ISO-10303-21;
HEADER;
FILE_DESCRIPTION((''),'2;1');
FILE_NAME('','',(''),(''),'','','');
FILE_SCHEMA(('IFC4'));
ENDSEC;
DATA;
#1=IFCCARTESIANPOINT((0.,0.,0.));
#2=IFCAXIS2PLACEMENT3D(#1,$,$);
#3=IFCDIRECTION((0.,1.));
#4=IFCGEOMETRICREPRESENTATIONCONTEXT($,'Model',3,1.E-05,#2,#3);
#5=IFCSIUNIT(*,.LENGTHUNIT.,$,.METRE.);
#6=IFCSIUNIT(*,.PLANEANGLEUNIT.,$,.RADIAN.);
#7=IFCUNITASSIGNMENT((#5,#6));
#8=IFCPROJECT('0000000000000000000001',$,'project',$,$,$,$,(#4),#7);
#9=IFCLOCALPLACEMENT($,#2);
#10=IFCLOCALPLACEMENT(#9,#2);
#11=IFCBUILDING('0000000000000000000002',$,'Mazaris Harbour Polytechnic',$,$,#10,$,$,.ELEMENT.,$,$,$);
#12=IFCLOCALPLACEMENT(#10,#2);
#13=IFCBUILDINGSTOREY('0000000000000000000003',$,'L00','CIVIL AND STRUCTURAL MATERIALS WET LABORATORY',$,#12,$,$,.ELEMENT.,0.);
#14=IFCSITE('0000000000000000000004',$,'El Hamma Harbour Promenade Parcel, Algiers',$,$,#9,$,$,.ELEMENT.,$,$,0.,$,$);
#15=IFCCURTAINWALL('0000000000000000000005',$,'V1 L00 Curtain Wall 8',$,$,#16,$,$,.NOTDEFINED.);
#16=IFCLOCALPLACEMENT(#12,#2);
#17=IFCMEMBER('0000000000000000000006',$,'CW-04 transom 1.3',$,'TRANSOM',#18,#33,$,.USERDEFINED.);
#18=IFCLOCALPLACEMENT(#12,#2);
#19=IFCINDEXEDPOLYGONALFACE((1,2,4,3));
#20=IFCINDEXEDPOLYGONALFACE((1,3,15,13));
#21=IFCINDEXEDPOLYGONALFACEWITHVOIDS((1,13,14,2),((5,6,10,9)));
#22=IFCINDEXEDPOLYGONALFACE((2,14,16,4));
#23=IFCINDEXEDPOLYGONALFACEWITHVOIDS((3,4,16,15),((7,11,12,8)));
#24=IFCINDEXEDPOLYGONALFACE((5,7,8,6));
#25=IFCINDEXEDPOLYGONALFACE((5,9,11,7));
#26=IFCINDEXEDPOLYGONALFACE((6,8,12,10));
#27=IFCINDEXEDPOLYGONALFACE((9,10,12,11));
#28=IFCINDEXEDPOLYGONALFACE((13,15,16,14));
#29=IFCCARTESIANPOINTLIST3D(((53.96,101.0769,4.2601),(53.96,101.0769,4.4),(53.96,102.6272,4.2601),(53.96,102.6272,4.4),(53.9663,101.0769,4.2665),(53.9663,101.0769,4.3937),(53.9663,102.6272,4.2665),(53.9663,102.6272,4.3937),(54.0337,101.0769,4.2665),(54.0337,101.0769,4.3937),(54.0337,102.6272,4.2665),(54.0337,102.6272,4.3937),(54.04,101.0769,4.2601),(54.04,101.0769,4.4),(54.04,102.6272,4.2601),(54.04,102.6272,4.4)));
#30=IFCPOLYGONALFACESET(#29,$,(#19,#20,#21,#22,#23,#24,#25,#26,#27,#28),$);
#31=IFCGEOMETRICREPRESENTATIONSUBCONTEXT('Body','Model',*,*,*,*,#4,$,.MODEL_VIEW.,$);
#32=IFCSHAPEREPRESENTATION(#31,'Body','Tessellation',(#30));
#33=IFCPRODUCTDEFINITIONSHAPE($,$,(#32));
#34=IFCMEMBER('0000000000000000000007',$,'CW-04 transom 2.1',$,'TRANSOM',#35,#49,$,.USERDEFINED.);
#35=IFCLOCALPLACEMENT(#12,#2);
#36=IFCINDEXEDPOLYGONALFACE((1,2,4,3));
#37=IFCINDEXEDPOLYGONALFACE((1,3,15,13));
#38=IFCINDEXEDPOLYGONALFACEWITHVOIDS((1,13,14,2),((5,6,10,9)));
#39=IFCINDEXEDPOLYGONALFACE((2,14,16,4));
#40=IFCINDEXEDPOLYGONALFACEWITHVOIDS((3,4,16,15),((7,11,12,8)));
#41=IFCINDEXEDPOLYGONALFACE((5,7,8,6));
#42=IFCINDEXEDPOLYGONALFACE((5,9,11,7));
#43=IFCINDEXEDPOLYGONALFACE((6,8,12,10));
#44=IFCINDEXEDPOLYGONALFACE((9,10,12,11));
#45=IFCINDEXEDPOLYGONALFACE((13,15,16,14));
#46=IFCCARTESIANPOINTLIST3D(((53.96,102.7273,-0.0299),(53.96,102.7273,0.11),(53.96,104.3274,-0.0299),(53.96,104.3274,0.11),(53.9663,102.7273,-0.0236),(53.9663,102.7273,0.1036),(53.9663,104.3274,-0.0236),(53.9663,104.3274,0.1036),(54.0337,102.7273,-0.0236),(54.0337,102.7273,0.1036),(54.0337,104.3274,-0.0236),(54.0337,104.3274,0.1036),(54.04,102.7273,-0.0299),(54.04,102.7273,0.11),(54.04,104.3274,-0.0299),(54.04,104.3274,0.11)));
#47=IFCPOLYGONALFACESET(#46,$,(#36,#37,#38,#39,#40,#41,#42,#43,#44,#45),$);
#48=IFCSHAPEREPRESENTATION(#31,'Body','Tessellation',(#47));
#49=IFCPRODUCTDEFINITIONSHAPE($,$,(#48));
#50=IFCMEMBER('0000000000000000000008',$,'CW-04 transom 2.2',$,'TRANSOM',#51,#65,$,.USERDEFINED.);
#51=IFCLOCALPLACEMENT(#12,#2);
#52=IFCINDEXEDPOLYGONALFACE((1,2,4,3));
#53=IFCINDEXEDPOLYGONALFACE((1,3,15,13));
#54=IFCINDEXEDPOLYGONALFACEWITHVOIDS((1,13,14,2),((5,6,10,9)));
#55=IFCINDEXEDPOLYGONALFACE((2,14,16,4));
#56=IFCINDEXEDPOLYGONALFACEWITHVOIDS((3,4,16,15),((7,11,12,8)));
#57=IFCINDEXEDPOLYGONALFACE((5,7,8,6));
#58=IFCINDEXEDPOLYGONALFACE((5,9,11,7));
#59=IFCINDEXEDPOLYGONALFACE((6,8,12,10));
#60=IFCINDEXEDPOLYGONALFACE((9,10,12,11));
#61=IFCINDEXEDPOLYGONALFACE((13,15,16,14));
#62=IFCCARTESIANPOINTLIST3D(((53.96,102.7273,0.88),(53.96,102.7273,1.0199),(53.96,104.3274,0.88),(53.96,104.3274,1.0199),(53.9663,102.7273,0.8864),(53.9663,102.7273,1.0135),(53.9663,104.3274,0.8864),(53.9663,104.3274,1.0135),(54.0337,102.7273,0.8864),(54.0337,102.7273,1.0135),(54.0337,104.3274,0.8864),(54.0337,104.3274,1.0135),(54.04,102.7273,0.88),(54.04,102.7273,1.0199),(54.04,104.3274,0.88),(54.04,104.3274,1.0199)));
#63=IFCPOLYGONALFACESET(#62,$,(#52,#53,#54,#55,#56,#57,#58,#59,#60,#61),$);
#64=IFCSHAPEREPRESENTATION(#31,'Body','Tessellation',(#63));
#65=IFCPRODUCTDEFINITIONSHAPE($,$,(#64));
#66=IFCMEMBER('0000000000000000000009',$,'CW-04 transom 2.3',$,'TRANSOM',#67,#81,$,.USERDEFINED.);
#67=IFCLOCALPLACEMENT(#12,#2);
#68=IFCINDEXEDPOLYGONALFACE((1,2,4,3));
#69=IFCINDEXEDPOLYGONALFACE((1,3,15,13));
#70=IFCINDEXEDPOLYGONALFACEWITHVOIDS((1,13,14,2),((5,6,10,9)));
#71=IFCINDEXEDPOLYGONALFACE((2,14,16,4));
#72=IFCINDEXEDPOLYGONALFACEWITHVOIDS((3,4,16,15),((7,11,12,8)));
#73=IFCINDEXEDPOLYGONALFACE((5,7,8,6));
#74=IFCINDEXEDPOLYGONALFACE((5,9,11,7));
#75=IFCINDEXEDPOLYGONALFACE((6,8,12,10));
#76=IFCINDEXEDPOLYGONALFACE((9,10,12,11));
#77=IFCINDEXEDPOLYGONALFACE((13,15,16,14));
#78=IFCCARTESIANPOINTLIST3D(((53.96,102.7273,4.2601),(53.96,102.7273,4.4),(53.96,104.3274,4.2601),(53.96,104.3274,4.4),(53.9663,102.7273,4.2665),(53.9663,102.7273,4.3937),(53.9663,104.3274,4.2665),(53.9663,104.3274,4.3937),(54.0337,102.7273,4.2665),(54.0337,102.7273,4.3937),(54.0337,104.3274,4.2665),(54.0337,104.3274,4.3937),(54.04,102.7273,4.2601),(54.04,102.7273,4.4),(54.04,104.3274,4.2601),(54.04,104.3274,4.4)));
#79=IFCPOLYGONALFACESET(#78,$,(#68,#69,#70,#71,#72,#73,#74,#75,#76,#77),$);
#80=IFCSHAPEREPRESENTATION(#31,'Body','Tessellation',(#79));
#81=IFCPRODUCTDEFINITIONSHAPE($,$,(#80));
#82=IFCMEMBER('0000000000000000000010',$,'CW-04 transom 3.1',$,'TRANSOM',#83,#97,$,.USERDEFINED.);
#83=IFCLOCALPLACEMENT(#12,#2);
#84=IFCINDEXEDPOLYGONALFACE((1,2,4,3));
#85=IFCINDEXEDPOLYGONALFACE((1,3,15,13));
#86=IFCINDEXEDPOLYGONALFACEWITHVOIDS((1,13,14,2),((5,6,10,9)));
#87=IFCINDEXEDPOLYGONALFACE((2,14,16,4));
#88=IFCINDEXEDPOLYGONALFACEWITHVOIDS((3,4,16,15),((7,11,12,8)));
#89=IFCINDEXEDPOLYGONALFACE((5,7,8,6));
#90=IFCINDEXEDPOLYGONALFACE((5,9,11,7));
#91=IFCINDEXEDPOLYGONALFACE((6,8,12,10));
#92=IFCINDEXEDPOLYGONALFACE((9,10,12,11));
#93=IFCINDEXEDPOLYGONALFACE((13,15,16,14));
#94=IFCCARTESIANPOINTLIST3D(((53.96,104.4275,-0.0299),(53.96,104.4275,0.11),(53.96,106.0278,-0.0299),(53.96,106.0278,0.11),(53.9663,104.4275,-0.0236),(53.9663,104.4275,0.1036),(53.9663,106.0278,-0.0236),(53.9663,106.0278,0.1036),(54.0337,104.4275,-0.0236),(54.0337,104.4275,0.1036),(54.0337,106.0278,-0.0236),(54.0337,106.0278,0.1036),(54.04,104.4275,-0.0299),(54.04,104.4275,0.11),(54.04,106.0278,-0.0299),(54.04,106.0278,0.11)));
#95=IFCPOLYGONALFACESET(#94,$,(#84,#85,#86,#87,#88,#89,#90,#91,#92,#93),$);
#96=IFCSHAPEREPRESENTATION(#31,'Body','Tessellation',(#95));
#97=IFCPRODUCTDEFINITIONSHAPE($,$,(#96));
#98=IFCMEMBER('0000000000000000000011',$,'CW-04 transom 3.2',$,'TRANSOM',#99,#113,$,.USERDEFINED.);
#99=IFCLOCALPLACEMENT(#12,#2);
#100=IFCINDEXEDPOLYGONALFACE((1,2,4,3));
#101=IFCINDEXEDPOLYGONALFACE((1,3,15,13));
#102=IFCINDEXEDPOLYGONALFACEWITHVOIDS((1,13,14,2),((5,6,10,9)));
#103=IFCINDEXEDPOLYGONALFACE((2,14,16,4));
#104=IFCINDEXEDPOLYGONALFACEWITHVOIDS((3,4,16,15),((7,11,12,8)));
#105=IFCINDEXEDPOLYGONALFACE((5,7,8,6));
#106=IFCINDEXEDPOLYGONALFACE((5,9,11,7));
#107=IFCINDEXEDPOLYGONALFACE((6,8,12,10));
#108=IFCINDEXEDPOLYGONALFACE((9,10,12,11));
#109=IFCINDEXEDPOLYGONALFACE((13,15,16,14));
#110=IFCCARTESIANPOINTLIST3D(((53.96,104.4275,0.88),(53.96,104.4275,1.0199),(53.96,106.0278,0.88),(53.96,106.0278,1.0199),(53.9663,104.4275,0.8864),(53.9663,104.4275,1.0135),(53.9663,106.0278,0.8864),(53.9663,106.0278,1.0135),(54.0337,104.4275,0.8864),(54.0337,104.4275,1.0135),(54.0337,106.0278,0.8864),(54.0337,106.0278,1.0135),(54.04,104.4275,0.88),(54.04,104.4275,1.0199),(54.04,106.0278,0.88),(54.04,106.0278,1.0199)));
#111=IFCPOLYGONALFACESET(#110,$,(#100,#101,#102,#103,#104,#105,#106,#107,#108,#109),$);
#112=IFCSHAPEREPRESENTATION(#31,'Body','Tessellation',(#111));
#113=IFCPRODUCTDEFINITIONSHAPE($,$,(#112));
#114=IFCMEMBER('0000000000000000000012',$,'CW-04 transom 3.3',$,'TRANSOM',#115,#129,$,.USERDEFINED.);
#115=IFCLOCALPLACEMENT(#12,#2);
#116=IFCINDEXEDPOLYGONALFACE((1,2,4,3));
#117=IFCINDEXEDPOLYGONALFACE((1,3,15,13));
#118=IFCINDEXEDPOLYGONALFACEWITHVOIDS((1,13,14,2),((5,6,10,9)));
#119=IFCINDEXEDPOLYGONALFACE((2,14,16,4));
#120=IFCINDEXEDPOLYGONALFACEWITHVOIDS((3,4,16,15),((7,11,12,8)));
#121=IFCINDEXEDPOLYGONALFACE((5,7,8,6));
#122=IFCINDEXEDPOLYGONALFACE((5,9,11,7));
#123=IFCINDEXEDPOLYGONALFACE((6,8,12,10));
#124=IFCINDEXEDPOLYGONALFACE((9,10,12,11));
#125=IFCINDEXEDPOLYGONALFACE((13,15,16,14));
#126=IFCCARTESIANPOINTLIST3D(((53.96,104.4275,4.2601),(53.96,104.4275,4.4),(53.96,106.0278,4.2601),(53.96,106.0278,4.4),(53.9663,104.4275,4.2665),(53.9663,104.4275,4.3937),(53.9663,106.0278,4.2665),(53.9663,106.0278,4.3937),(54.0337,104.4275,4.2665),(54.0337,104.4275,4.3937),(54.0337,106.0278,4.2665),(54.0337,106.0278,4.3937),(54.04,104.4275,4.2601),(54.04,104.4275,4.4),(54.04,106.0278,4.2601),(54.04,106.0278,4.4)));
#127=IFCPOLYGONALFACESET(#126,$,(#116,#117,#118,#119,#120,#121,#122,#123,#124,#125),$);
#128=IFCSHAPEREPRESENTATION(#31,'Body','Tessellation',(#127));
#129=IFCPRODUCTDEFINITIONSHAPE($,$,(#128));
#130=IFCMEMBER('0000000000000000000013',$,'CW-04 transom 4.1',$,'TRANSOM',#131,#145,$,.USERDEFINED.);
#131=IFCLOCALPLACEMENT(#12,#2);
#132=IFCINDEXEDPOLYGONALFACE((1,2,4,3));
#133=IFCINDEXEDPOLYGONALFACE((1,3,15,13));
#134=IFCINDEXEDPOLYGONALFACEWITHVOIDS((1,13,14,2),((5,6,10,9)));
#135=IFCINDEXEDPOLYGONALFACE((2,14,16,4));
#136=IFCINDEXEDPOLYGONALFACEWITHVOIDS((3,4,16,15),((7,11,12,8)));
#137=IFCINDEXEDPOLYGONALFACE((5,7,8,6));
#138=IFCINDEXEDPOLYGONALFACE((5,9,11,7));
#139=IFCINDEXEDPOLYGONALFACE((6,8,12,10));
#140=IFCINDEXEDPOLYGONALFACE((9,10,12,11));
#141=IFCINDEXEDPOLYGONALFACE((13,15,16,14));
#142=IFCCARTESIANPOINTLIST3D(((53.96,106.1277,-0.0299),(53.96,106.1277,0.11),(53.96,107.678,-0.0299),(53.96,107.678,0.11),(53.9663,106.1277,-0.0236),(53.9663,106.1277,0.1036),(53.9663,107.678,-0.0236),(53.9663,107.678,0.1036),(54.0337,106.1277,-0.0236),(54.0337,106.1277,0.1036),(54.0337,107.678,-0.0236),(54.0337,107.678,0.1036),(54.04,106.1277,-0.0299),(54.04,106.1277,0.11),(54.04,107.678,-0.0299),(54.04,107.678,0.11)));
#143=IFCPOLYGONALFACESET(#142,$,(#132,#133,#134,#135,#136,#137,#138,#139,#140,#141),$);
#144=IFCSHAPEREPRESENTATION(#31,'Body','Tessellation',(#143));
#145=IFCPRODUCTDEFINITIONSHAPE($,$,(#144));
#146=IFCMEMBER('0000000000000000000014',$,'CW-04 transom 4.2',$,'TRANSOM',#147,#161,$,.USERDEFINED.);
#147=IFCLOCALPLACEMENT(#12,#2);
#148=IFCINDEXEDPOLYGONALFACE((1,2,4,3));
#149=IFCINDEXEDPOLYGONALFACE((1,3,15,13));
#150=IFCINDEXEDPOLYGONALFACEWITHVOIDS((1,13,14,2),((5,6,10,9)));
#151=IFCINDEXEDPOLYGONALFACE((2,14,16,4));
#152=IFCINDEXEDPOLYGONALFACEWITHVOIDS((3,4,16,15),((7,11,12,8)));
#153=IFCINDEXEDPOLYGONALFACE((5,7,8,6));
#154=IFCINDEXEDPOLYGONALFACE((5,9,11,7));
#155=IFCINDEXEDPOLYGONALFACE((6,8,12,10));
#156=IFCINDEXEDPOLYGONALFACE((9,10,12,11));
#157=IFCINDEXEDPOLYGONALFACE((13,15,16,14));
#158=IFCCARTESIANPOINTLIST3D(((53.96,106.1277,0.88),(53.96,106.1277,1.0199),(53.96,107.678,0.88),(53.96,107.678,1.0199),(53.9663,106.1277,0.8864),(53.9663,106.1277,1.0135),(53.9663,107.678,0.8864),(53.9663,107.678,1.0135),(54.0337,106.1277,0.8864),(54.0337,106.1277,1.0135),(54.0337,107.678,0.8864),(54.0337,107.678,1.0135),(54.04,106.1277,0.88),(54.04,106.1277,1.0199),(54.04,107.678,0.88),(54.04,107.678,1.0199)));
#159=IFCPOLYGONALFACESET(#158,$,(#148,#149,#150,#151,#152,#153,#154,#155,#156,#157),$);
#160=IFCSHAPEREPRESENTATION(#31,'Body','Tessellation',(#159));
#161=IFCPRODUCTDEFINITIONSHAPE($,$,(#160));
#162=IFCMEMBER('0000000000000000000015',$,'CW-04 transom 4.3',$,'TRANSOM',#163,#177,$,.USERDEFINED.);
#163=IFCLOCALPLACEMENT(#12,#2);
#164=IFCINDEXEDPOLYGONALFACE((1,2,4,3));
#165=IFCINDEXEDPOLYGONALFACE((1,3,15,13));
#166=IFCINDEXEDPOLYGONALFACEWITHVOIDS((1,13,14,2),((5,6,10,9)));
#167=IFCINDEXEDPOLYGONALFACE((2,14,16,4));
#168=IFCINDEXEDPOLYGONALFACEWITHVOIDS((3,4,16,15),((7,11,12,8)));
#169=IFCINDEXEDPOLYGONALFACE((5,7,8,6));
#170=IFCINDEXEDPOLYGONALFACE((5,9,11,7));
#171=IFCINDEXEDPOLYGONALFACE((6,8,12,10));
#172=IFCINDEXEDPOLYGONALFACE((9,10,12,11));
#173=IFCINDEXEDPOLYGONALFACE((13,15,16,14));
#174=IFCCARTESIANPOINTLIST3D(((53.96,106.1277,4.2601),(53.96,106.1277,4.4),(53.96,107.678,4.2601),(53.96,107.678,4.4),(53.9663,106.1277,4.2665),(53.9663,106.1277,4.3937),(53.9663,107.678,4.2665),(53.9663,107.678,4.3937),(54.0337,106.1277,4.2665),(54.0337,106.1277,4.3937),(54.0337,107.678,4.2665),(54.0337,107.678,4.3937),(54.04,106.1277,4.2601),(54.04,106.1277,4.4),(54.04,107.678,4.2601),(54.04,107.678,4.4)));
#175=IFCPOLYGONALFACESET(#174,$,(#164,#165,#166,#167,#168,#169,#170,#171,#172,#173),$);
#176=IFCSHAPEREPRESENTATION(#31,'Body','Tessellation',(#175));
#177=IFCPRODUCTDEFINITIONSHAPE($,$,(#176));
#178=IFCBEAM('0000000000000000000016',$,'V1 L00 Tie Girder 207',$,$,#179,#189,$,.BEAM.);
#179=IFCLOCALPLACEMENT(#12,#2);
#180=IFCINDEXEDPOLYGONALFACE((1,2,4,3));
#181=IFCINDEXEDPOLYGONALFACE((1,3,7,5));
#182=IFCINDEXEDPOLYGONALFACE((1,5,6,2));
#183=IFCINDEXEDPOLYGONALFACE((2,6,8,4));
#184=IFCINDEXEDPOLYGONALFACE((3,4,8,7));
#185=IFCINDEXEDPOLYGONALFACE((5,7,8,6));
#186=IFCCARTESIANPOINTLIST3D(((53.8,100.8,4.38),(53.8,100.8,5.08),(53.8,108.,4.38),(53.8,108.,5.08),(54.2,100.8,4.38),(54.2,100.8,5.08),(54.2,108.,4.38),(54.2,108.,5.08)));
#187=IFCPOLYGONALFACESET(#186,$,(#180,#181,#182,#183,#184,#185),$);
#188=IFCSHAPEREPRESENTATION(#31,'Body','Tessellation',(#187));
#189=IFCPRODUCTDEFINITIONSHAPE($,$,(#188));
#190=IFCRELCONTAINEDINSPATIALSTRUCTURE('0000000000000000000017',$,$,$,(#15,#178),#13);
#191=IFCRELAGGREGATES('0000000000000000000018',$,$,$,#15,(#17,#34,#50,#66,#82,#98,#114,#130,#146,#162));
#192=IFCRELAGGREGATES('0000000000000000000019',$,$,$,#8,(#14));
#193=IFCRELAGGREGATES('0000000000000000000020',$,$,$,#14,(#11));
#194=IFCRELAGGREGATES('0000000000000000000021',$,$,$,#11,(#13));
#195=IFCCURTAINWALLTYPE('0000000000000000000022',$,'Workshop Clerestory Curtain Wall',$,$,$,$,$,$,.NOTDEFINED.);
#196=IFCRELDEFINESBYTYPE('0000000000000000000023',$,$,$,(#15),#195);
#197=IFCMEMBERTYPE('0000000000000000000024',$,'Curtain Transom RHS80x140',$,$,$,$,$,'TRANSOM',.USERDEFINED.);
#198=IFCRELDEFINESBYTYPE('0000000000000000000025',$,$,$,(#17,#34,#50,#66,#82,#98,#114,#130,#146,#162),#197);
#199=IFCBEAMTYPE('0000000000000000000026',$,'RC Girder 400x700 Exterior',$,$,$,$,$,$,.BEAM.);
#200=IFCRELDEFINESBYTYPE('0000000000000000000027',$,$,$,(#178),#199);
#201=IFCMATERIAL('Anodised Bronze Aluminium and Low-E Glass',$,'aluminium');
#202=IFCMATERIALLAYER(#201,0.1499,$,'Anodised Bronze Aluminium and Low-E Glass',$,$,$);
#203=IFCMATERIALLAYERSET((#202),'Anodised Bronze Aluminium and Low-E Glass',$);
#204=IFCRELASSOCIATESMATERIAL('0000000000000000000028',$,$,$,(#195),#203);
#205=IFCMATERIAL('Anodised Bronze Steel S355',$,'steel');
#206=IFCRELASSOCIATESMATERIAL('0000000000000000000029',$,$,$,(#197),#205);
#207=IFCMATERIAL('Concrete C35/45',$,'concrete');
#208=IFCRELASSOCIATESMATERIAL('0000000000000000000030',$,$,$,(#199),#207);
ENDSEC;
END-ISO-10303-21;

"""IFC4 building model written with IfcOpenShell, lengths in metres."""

from ifc_helpers import new_model, si_unit, direction, frame, origin, origin_2d, place, context, subcontext, project, spatial, rectangle, hollow_rectangle, extrude, material, layer, layer_set, material_profile, profile_set, type_object, element, aggregate, save


model = new_model("IFC4")

# Units and contexts
model_context = context("Model", 3, precision=1e-05, world=origin(), true_north=direction((0.0, 1.0)))
body_context = subcontext(model_context, "Body", "Model", "MODEL_VIEW")
ifc_project = project(units=[si_unit("LENGTHUNIT", "METRE"), si_unit("PLANEANGLEUNIT", "RADIAN")], contexts=[model_context])

# Site, building, storey
site_placement = place(None, origin())
site = spatial("IfcSite", under=ifc_project, at=site_placement, Name="El Hamma Harbour Promenade Parcel, Algiers", CompositionType="ELEMENT", RefElevation=0.0)
building_placement = place(site_placement, origin())
building = spatial("IfcBuilding", under=site, at=building_placement, Name="Mazaris Harbour Polytechnic", CompositionType="ELEMENT")
storey_placement = place(building_placement, origin())
storey = spatial("IfcBuildingStorey", under=building, at=storey_placement, Name="L00", Description="CIVIL AND STRUCTURAL MATERIALS WET LABORATORY", CompositionType="ELEMENT", Elevation=0.0)

# Curtain wall, members
ifc_material_1 = material(Name="Anodised Bronze Aluminium and Low-E Glass", Category="aluminium")
ifc_layer_1 = layer(ifc_material_1, 0.1499, Name="Anodised Bronze Aluminium and Low-E Glass")
ifc_layer_set_1 = layer_set([ifc_layer_1], Name="Anodised Bronze Aluminium and Low-E Glass")
curtain_wall_type = type_object("IfcCurtainWallType", Name="Workshop Clerestory Curtain Wall", PredefinedType="NOTDEFINED", material=ifc_layer_set_1)
curtain_wall_placement = place(storey_placement, origin())
curtain_wall = element("IfcCurtainWall", 1, at=curtain_wall_placement, inside=storey, type_object=curtain_wall_type, Name="V1 L00 Curtain Wall 8", PredefinedType="NOTDEFINED")
ifc_material_2 = material(Name="Anodised Bronze Steel S355", Category="steel")
ifc_material_profile_1 = material_profile(ifc_material_2, hollow_rectangle(XDim=0.0801, YDim=0.1399, WallThickness=0.0063, at=origin_2d()), Name="RHS 80x140x6.3")
ifc_profile_set_1 = profile_set([ifc_material_profile_1], Name="Anodised Bronze Steel S355")
member_type_1 = type_object("IfcMemberType", Name="Curtain Transom RHS80x140", ElementType="TRANSOM", PredefinedType="USERDEFINED", material=ifc_profile_set_1)
member_1_placement = place(storey_placement, frame((54.0, 101.0769, 4.3301), z_axis=(0.0, 1.0, 0.0), x_axis=(-1.0, 0.0, 0.0)))
member_1 = element("IfcMember", 2, at=member_1_placement, type_object=member_type_1, Name="CW-04 transom 1.3", ObjectType="TRANSOM", PredefinedType="USERDEFINED", context=body_context, shape_type="SweptSolid", body=[
    extrude(hollow_rectangle(XDim=0.0801, YDim=0.1399, WallThickness=0.0063, at=origin_2d()), origin(), (0.0, 0.0, 1.0), 1.5503),
])
member_2_placement = place(storey_placement, frame((54.0, 102.7273, 0.04), z_axis=(0.0, 1.0, 0.0), x_axis=(-1.0, 0.0, 0.0)))
member_2 = element("IfcMember", 3, at=member_2_placement, type_object=member_type_1, Name="CW-04 transom 2.1", ObjectType="TRANSOM", PredefinedType="USERDEFINED", context=body_context, shape_type="SweptSolid", body=[
    extrude(hollow_rectangle(XDim=0.0801, YDim=0.1399, WallThickness=0.0063, at=origin_2d()), origin(), (0.0, 0.0, 1.0), 1.6001),
])
member_3_placement = place(storey_placement, frame((54.0, 102.7273, 0.95), z_axis=(0.0, 1.0, 0.0), x_axis=(-1.0, 0.0, 0.0)))
member_3 = element("IfcMember", 4, at=member_3_placement, type_object=member_type_1, Name="CW-04 transom 2.2", ObjectType="TRANSOM", PredefinedType="USERDEFINED", context=body_context, shape_type="SweptSolid", body=[
    extrude(hollow_rectangle(XDim=0.0801, YDim=0.1399, WallThickness=0.0063, at=origin_2d()), origin(), (0.0, 0.0, 1.0), 1.6001),
])
member_4_placement = place(storey_placement, frame((54.0, 102.7273, 4.3301), z_axis=(0.0, 1.0, 0.0), x_axis=(-1.0, 0.0, 0.0)))
member_4 = element("IfcMember", 5, at=member_4_placement, type_object=member_type_1, Name="CW-04 transom 2.3", ObjectType="TRANSOM", PredefinedType="USERDEFINED", context=body_context, shape_type="SweptSolid", body=[
    extrude(hollow_rectangle(XDim=0.0801, YDim=0.1399, WallThickness=0.0063, at=origin_2d()), origin(), (0.0, 0.0, 1.0), 1.6001),
])
member_5_placement = place(storey_placement, frame((54.0, 104.4275, 0.04), z_axis=(0.0, 1.0, 0.0), x_axis=(-1.0, 0.0, 0.0)))
member_5 = element("IfcMember", 6, at=member_5_placement, type_object=member_type_1, Name="CW-04 transom 3.1", ObjectType="TRANSOM", PredefinedType="USERDEFINED", context=body_context, shape_type="SweptSolid", body=[
    extrude(hollow_rectangle(XDim=0.0801, YDim=0.1399, WallThickness=0.0063, at=origin_2d()), origin(), (0.0, 0.0, 1.0), 1.6003),
])
member_6_placement = place(storey_placement, frame((54.0, 104.4275, 0.95), z_axis=(0.0, 1.0, 0.0), x_axis=(-1.0, 0.0, 0.0)))
member_6 = element("IfcMember", 7, at=member_6_placement, type_object=member_type_1, Name="CW-04 transom 3.2", ObjectType="TRANSOM", PredefinedType="USERDEFINED", context=body_context, shape_type="SweptSolid", body=[
    extrude(hollow_rectangle(XDim=0.0801, YDim=0.1399, WallThickness=0.0063, at=origin_2d()), origin(), (0.0, 0.0, 1.0), 1.6003),
])
member_7_placement = place(storey_placement, frame((54.0, 104.4275, 4.3301), z_axis=(0.0, 1.0, 0.0), x_axis=(-1.0, 0.0, 0.0)))
member_7 = element("IfcMember", 8, at=member_7_placement, type_object=member_type_1, Name="CW-04 transom 3.3", ObjectType="TRANSOM", PredefinedType="USERDEFINED", context=body_context, shape_type="SweptSolid", body=[
    extrude(hollow_rectangle(XDim=0.0801, YDim=0.1399, WallThickness=0.0063, at=origin_2d()), origin(), (0.0, 0.0, 1.0), 1.6003),
])
member_8_placement = place(storey_placement, frame((54.0, 106.1277, 0.04), z_axis=(0.0, 1.0, 0.0), x_axis=(-1.0, 0.0, 0.0)))
member_8 = element("IfcMember", 9, at=member_8_placement, type_object=member_type_1, Name="CW-04 transom 4.1", ObjectType="TRANSOM", PredefinedType="USERDEFINED", context=body_context, shape_type="SweptSolid", body=[
    extrude(hollow_rectangle(XDim=0.0801, YDim=0.1399, WallThickness=0.0063, at=origin_2d()), origin(), (0.0, 0.0, 1.0), 1.5503),
])
member_9_placement = place(storey_placement, frame((54.0, 106.1277, 0.95), z_axis=(0.0, 1.0, 0.0), x_axis=(-1.0, 0.0, 0.0)))
member_9 = element("IfcMember", 10, at=member_9_placement, type_object=member_type_1, Name="CW-04 transom 4.2", ObjectType="TRANSOM", PredefinedType="USERDEFINED", context=body_context, shape_type="SweptSolid", body=[
    extrude(hollow_rectangle(XDim=0.0801, YDim=0.1399, WallThickness=0.0063, at=origin_2d()), origin(), (0.0, 0.0, 1.0), 1.5503),
])
member_10_placement = place(storey_placement, frame((54.0, 106.1277, 4.3301), z_axis=(0.0, 1.0, 0.0), x_axis=(-1.0, 0.0, 0.0)))
member_10 = element("IfcMember", 11, at=member_10_placement, type_object=member_type_1, Name="CW-04 transom 4.3", ObjectType="TRANSOM", PredefinedType="USERDEFINED", context=body_context, shape_type="SweptSolid", body=[
    extrude(hollow_rectangle(XDim=0.0801, YDim=0.1399, WallThickness=0.0063, at=origin_2d()), origin(), (0.0, 0.0, 1.0), 1.5503),
])

# Beam
ifc_material_3 = material(Name="Concrete C35/45", Category="concrete")
ifc_material_profile_2 = material_profile(ifc_material_3, rectangle(XDim=0.3999, YDim=0.7, at=origin_2d()), Name="RECT400x700")
ifc_profile_set_2 = profile_set([ifc_material_profile_2], Name="Concrete C35/45")
beam_type = type_object("IfcBeamType", Name="RC Girder 400x700 Exterior", PredefinedType="BEAM", material=ifc_profile_set_2)
beam_placement = place(storey_placement, frame((54.0, 100.8, 4.73), z_axis=(0.0, 1.0, 0.0), x_axis=(-1.0, 0.0, 0.0)))
element("IfcBeam", 12, at=beam_placement, inside=storey, type_object=beam_type, Name="V1 L00 Tie Girder 207", PredefinedType="BEAM", context=body_context, shape_type="SweptSolid", body=[
    extrude(rectangle(XDim=0.3999, YDim=0.7, at=origin_2d()), origin(), (0.0, 0.0, 1.0), 7.2),
])

aggregate(curtain_wall, [member_1, member_2, member_3, member_4, member_5, member_6, member_7, member_8, member_9, member_10])

save(model, "model.ifc")
